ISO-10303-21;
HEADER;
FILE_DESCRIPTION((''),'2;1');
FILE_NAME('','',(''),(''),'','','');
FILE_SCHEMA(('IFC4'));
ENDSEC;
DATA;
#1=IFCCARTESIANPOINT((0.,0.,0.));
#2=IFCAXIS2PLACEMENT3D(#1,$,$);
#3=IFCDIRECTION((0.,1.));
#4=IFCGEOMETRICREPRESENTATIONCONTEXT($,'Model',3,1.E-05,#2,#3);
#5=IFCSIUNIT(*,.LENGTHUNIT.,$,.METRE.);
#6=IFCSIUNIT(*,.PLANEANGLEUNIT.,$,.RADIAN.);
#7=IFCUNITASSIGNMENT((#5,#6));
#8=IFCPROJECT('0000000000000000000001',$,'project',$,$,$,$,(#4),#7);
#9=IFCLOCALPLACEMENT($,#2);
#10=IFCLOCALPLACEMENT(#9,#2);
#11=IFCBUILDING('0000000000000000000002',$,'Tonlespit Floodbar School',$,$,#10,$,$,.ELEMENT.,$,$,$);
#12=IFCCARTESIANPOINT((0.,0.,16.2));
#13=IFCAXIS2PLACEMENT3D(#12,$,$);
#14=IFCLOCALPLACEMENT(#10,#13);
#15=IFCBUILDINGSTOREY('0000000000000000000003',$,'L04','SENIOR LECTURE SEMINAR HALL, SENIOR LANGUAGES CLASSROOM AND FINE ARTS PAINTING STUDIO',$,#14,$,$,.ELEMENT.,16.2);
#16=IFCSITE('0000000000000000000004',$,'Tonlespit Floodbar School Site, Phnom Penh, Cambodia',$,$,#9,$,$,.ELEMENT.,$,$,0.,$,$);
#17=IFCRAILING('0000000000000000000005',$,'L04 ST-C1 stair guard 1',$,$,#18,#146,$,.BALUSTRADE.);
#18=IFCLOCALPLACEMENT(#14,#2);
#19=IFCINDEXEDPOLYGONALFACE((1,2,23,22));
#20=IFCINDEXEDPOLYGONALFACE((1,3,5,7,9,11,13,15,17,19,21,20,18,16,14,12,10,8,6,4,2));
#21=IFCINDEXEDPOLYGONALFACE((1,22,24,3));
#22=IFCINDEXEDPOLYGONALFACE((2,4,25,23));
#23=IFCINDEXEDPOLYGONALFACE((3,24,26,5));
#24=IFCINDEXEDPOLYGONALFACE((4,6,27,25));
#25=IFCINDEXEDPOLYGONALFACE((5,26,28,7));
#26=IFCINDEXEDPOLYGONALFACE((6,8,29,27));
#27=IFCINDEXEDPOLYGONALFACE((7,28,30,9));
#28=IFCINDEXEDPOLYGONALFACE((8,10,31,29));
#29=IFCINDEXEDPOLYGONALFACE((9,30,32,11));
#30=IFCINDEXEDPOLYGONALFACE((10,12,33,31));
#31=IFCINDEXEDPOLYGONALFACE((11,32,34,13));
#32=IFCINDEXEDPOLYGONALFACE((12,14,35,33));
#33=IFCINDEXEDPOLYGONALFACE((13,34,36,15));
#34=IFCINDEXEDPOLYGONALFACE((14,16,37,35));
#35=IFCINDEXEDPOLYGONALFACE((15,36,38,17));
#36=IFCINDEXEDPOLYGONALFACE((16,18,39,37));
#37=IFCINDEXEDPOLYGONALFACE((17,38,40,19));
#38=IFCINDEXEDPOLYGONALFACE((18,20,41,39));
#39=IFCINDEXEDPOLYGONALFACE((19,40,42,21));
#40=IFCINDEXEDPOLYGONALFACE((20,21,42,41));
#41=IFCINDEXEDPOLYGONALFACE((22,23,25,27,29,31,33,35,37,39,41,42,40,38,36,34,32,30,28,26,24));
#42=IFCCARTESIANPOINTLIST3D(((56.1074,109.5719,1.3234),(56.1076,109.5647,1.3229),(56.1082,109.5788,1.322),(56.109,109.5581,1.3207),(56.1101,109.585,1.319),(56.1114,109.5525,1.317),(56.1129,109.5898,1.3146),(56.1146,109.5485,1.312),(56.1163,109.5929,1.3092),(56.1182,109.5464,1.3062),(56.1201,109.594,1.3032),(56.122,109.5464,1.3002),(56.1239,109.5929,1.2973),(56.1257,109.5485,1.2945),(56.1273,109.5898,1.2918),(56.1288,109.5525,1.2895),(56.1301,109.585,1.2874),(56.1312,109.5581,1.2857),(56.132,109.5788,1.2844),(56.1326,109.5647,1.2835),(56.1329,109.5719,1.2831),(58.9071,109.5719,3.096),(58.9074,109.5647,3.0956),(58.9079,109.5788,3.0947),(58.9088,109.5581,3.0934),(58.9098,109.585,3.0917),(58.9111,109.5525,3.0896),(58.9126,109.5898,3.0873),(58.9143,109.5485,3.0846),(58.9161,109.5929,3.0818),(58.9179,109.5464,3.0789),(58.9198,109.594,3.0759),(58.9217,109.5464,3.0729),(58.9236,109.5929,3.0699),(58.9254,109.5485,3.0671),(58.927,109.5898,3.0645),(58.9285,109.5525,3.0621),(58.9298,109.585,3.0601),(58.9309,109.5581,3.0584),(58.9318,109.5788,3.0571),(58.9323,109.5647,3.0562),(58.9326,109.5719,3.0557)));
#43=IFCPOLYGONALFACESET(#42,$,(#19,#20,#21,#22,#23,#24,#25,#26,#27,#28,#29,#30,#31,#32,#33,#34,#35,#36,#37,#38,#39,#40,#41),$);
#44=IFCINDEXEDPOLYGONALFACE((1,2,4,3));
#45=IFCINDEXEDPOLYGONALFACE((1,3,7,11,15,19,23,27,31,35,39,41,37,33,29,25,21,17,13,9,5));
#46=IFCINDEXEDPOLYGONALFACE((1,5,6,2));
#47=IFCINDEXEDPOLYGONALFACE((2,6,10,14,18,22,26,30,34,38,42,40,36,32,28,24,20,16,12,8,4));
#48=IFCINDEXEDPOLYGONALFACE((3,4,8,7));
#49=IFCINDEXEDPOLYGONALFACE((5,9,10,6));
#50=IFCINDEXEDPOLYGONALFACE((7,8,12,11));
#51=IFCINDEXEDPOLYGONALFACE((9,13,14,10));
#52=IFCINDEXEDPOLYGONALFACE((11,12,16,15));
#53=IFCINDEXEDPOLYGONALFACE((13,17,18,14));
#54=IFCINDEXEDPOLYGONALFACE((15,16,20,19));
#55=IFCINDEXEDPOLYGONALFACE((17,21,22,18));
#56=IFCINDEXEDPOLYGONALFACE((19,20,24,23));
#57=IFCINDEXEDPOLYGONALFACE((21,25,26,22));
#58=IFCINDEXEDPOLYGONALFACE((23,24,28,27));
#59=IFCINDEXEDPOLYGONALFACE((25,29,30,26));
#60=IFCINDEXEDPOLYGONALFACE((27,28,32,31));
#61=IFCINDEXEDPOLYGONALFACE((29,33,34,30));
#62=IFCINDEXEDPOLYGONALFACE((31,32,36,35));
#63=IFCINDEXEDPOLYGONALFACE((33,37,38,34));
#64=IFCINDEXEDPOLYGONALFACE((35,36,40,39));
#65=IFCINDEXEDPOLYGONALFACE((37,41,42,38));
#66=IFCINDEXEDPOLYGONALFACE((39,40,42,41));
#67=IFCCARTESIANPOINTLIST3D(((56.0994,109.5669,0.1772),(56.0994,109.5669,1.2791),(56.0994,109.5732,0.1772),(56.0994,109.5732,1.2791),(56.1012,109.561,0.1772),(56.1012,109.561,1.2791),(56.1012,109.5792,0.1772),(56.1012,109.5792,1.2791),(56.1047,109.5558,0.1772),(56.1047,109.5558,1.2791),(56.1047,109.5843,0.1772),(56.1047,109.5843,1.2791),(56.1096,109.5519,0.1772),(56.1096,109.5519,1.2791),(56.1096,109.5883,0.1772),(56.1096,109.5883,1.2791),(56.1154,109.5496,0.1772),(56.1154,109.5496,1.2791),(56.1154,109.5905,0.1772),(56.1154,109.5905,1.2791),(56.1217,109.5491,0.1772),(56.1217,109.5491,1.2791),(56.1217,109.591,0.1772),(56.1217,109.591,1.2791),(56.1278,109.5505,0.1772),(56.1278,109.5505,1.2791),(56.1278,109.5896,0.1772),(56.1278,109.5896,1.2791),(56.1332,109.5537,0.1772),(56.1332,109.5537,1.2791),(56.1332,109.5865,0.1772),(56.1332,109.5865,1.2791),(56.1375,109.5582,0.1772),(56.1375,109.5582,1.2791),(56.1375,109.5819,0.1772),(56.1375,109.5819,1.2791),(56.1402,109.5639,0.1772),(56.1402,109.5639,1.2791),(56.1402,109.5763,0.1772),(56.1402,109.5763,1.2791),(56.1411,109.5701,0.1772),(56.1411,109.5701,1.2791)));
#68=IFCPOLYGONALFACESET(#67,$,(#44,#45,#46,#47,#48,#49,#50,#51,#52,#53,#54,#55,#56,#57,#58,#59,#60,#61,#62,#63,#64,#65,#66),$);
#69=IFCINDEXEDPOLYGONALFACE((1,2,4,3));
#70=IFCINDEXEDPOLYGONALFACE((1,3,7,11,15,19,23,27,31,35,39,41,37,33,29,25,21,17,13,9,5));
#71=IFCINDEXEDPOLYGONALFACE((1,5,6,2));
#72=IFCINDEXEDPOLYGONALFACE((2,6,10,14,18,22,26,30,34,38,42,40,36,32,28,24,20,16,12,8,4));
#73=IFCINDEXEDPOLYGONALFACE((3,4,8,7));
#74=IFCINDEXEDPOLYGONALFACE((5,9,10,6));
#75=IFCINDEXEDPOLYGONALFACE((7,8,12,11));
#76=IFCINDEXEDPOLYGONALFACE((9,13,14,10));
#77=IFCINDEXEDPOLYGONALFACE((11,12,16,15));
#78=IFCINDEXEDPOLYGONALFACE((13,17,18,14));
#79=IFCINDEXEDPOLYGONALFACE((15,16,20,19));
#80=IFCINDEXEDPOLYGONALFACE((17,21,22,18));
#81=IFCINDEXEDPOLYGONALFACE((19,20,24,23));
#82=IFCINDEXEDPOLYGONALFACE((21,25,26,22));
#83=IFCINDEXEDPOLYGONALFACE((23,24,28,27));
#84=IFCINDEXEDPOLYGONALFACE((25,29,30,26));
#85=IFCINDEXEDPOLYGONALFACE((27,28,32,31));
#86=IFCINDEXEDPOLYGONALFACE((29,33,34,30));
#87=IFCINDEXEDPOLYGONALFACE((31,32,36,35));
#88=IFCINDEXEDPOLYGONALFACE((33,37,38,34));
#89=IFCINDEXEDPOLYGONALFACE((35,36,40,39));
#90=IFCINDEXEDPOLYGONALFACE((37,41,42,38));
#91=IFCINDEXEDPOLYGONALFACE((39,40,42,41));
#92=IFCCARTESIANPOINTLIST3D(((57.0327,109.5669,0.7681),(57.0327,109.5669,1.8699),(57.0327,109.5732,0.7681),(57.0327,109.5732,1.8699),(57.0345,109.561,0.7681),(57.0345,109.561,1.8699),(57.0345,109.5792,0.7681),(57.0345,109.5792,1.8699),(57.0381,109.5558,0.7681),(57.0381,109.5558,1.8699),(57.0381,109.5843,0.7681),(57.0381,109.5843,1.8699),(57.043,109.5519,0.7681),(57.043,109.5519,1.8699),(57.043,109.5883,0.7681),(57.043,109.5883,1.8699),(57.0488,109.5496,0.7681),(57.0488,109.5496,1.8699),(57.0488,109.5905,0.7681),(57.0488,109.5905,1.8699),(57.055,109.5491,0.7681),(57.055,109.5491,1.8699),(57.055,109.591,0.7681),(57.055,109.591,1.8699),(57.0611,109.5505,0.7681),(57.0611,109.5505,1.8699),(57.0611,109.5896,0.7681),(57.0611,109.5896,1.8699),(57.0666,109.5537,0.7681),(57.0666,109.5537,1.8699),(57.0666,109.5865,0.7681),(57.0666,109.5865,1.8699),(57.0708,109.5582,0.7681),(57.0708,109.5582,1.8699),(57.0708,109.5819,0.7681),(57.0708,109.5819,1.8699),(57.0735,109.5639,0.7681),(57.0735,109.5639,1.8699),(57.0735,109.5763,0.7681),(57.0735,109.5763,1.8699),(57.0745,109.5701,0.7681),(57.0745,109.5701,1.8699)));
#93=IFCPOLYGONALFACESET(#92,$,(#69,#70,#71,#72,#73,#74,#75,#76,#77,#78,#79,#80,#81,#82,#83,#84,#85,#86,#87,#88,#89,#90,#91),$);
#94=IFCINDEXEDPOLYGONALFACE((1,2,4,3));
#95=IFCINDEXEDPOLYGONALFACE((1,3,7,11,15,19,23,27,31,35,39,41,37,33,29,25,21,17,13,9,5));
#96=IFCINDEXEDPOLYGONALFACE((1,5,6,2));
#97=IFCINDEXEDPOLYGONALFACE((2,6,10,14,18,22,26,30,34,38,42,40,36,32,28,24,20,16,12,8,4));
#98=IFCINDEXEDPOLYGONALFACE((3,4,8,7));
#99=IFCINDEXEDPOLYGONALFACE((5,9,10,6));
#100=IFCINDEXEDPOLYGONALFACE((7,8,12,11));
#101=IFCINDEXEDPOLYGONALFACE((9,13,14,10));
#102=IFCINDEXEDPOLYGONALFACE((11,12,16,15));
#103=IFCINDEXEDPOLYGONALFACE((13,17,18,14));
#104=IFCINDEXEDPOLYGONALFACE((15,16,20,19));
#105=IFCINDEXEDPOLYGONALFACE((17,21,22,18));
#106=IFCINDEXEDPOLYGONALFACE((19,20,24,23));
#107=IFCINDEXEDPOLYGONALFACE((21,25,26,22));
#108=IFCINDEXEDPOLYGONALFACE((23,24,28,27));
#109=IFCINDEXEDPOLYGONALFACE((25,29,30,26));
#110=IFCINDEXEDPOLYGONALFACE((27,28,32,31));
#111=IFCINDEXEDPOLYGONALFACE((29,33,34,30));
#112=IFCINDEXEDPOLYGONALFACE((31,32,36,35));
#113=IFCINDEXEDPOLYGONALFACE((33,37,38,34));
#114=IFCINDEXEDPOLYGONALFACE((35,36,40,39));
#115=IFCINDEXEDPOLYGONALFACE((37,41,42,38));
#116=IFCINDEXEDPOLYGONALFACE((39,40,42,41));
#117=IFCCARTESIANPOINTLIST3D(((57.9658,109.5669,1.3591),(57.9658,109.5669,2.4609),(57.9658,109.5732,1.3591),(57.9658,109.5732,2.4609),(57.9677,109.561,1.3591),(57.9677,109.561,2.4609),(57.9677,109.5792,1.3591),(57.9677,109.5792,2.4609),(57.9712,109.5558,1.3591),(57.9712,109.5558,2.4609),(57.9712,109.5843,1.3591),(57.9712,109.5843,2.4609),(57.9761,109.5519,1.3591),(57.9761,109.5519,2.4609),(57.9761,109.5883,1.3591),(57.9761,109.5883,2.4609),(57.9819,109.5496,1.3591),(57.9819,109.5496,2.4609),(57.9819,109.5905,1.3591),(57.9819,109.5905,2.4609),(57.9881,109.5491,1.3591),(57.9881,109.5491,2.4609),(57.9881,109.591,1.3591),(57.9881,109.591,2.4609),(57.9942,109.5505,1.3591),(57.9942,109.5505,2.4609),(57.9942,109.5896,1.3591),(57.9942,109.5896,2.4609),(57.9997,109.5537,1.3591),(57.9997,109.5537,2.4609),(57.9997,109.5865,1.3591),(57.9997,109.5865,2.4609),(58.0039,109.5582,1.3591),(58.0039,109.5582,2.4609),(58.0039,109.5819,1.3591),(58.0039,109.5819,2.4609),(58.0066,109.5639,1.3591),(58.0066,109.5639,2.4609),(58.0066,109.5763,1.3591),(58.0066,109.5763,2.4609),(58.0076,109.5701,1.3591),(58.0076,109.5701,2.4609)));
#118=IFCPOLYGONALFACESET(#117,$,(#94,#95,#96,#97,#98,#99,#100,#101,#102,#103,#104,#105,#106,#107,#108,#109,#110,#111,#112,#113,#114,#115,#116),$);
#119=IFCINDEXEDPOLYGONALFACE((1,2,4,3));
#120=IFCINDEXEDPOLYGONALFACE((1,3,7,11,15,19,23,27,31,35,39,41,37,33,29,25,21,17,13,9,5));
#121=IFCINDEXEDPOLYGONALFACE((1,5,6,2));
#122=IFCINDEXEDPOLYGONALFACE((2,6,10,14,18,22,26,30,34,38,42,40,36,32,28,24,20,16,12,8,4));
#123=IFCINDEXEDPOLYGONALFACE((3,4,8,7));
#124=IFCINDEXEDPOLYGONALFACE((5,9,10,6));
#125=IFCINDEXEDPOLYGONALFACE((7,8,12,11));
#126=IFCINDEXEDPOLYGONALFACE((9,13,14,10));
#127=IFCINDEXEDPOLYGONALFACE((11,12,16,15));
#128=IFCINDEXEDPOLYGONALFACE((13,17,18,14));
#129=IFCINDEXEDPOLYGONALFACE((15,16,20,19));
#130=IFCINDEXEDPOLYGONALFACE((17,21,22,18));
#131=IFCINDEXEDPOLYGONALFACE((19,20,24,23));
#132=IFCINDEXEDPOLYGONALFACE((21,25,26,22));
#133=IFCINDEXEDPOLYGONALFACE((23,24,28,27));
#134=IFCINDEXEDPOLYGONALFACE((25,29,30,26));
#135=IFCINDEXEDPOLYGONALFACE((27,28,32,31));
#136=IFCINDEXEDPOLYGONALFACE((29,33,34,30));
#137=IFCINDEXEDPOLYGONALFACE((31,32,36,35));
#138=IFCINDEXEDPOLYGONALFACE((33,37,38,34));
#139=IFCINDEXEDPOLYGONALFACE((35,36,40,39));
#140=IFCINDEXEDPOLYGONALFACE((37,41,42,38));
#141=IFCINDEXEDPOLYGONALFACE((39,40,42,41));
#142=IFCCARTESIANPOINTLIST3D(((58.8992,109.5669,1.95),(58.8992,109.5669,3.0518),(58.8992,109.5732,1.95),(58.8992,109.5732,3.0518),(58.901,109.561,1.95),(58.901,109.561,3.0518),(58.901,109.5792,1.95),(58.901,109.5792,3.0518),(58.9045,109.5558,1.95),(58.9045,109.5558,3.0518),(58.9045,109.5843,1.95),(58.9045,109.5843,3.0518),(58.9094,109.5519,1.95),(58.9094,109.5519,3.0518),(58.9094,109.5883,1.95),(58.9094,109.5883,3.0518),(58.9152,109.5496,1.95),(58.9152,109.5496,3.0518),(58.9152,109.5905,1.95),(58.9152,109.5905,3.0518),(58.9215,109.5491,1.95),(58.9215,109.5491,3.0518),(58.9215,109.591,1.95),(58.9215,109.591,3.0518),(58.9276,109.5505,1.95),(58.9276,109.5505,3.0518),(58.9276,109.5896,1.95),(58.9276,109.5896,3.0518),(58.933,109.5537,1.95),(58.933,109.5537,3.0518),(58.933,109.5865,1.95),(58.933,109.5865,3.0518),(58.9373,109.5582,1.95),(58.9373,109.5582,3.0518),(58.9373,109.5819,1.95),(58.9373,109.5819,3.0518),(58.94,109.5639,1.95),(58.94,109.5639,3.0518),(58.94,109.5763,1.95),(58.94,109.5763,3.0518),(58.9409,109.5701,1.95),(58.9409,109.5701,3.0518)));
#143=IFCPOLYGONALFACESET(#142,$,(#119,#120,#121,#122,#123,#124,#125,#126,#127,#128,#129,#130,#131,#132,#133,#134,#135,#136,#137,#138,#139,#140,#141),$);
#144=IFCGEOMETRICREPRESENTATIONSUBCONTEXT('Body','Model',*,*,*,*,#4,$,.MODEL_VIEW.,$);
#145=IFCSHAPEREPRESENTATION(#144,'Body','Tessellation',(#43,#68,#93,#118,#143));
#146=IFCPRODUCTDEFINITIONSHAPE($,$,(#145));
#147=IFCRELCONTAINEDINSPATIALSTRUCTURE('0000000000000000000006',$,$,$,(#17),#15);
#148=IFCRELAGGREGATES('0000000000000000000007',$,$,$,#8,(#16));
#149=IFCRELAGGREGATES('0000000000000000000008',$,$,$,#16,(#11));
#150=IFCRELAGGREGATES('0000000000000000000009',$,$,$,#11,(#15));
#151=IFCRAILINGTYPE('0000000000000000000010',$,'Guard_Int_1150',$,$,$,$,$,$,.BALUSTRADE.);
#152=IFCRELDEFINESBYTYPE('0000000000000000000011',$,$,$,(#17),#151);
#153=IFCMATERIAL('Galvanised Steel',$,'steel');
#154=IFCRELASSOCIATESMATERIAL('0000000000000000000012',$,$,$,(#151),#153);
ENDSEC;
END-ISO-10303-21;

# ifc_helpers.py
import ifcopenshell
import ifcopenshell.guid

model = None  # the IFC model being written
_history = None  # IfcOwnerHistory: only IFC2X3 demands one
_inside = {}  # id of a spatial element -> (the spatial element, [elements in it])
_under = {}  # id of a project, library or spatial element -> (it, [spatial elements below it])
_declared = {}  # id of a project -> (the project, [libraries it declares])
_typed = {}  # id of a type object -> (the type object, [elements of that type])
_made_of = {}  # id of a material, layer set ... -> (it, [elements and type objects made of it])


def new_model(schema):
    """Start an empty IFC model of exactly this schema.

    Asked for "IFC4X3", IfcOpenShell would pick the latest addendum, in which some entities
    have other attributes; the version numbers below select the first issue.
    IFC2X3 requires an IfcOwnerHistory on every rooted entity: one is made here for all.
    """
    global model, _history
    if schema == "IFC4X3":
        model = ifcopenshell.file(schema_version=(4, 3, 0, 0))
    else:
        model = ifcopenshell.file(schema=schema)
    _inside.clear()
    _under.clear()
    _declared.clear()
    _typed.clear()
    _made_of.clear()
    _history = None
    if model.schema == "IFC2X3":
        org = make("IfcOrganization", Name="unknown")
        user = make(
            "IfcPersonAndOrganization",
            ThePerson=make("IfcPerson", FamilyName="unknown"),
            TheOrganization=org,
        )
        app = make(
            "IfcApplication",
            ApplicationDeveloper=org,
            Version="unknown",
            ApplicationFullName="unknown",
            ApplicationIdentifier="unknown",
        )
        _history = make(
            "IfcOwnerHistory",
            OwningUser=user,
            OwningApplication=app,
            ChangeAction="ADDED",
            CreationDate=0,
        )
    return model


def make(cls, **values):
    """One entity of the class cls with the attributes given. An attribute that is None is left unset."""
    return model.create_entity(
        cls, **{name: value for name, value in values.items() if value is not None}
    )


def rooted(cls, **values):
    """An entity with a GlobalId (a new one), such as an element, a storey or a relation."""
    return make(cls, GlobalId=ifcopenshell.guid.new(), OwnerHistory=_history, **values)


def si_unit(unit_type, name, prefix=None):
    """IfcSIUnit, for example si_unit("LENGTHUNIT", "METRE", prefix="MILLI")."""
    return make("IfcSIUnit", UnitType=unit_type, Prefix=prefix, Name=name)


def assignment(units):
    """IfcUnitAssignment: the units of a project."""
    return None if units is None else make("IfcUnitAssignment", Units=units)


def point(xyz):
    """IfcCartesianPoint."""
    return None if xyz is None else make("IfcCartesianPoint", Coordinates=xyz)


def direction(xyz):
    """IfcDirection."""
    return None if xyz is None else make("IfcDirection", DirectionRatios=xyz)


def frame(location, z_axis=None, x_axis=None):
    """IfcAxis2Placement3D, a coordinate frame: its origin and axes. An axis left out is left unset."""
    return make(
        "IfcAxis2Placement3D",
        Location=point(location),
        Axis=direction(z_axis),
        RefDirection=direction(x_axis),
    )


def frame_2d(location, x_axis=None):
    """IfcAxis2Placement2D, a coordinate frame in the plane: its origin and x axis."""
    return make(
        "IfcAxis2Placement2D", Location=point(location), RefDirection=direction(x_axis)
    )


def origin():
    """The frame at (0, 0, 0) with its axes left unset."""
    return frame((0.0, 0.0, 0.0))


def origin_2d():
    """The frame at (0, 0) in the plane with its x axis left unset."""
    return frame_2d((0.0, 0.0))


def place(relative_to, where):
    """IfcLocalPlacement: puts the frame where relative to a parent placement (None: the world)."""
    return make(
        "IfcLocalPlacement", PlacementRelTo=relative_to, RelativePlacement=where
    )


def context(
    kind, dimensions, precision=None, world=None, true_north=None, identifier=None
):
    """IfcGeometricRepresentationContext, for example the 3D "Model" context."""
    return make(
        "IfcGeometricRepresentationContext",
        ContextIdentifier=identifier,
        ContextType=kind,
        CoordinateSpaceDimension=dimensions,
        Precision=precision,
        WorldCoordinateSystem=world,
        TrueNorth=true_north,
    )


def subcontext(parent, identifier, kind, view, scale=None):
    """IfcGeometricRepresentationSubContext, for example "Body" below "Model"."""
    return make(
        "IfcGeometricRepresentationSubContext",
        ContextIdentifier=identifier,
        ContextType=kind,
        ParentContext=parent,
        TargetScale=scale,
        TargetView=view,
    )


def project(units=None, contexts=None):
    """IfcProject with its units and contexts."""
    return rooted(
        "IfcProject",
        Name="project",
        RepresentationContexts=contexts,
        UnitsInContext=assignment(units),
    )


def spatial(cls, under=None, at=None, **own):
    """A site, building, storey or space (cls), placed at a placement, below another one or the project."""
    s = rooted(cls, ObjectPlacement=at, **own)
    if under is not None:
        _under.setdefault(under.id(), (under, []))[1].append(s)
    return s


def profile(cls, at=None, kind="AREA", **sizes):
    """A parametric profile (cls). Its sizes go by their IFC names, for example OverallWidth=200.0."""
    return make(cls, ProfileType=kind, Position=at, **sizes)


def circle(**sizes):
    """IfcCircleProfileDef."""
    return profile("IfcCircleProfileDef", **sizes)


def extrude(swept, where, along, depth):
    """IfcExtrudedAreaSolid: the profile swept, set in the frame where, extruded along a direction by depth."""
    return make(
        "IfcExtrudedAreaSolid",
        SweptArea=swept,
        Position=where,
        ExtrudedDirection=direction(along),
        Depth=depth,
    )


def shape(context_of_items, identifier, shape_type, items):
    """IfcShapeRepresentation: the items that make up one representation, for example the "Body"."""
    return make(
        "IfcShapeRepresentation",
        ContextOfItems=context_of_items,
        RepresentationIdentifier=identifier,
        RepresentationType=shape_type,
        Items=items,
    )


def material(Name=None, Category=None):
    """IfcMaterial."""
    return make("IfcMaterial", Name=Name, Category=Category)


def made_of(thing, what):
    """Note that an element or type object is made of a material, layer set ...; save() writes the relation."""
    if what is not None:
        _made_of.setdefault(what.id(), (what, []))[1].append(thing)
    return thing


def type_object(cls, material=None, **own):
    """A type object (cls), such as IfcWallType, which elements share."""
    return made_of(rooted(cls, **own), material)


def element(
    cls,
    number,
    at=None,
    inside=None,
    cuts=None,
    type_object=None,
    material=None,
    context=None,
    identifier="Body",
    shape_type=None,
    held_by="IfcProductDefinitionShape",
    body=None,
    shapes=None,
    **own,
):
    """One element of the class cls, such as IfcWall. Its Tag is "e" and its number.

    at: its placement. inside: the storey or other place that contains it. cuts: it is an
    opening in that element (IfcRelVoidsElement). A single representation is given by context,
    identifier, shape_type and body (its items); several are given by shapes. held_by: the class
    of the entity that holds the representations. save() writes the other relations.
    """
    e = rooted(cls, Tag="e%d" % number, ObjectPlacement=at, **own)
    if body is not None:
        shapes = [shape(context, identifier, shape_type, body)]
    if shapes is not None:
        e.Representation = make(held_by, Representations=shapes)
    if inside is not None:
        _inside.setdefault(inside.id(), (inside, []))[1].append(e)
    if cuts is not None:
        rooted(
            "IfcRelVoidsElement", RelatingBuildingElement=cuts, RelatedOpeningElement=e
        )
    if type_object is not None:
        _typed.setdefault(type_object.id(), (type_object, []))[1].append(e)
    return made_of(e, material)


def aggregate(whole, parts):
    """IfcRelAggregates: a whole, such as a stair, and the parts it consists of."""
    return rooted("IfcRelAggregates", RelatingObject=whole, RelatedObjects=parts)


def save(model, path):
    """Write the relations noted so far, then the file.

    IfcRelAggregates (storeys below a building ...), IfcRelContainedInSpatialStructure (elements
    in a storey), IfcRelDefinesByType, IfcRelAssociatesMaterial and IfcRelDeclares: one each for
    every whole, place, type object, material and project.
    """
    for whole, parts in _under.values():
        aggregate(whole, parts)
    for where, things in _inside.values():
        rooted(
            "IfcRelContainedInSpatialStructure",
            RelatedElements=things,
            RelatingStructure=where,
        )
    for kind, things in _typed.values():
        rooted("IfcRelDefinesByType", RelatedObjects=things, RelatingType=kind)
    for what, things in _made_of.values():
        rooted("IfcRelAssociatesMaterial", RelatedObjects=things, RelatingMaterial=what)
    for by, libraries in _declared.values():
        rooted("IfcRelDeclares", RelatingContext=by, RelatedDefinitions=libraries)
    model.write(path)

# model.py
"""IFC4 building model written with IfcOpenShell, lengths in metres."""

from ifc_helpers import new_model, si_unit, direction, frame, origin, origin_2d, place, context, subcontext, project, spatial, circle, extrude, material, type_object, element, save


model = new_model("IFC4")

# Units and contexts
model_context = context("Model", 3, precision=1e-05, world=origin(), true_north=direction((0.0, 1.0)))
body_context = subcontext(model_context, "Body", "Model", "MODEL_VIEW")
ifc_project = project(units=[si_unit("LENGTHUNIT", "METRE"), si_unit("PLANEANGLEUNIT", "RADIAN")], contexts=[model_context])

# Site, building, storey
site_placement = place(None, origin())
site = spatial("IfcSite", under=ifc_project, at=site_placement, Name="Tonlespit Floodbar School Site, Phnom Penh, Cambodia", CompositionType="ELEMENT", RefElevation=0.0)
building_placement = place(site_placement, origin())
building = spatial("IfcBuilding", under=site, at=building_placement, Name="Tonlespit Floodbar School", CompositionType="ELEMENT")
storey_placement = place(building_placement, frame((0.0, 0.0, 16.2)))
storey = spatial("IfcBuildingStorey", under=building, at=storey_placement, Name="L04", Description="SENIOR LECTURE SEMINAR HALL, SENIOR LANGUAGES CLASSROOM AND FINE ARTS PAINTING STUDIO", CompositionType="ELEMENT", Elevation=16.2)

# Shared definitions
ifc_material_1 = material(Name="Galvanised Steel", Category="steel")

# Railing
railing_type_1 = type_object("IfcRailingType", Name="Guard_Int_1150", PredefinedType="BALUSTRADE", material=ifc_material_1)
railing_1_placement = place(storey_placement, frame((56.1201, 109.5701, 0.1772)))
element("IfcRailing", 1, at=railing_1_placement, inside=storey, type_object=railing_type_1, Name="L04 ST-C1 stair guard 1", PredefinedType="BALUSTRADE", context=body_context, shape_type="SweptSolid", body=[
    extrude(circle(Radius=0.0239, at=origin_2d()), frame((0.0, 0.0, 1.126), z_axis=(0.844888, 0.0, 0.534943), x_axis=(0.0, 1.0, 0.0)), (0.0, 0.0, 1.0), 3.3137),
    extrude(circle(Radius=0.021, at=origin_2d()), origin(), (0.0, 0.0, 1.0), 1.1018),
    extrude(circle(Radius=0.021, at=origin_2d()), frame((0.9333, 0.0, 0.5908)), (0.0, 0.0, 1.0), 1.1018),
    extrude(circle(Radius=0.021, at=origin_2d()), frame((1.8665, 0.0, 1.1819)), (0.0, 0.0, 1.0), 1.1018),
    extrude(circle(Radius=0.021, at=origin_2d()), frame((2.7998, 0.0, 1.7727)), (0.0, 0.0, 1.0), 1.1018),
])

save(model, "model.ifc")
